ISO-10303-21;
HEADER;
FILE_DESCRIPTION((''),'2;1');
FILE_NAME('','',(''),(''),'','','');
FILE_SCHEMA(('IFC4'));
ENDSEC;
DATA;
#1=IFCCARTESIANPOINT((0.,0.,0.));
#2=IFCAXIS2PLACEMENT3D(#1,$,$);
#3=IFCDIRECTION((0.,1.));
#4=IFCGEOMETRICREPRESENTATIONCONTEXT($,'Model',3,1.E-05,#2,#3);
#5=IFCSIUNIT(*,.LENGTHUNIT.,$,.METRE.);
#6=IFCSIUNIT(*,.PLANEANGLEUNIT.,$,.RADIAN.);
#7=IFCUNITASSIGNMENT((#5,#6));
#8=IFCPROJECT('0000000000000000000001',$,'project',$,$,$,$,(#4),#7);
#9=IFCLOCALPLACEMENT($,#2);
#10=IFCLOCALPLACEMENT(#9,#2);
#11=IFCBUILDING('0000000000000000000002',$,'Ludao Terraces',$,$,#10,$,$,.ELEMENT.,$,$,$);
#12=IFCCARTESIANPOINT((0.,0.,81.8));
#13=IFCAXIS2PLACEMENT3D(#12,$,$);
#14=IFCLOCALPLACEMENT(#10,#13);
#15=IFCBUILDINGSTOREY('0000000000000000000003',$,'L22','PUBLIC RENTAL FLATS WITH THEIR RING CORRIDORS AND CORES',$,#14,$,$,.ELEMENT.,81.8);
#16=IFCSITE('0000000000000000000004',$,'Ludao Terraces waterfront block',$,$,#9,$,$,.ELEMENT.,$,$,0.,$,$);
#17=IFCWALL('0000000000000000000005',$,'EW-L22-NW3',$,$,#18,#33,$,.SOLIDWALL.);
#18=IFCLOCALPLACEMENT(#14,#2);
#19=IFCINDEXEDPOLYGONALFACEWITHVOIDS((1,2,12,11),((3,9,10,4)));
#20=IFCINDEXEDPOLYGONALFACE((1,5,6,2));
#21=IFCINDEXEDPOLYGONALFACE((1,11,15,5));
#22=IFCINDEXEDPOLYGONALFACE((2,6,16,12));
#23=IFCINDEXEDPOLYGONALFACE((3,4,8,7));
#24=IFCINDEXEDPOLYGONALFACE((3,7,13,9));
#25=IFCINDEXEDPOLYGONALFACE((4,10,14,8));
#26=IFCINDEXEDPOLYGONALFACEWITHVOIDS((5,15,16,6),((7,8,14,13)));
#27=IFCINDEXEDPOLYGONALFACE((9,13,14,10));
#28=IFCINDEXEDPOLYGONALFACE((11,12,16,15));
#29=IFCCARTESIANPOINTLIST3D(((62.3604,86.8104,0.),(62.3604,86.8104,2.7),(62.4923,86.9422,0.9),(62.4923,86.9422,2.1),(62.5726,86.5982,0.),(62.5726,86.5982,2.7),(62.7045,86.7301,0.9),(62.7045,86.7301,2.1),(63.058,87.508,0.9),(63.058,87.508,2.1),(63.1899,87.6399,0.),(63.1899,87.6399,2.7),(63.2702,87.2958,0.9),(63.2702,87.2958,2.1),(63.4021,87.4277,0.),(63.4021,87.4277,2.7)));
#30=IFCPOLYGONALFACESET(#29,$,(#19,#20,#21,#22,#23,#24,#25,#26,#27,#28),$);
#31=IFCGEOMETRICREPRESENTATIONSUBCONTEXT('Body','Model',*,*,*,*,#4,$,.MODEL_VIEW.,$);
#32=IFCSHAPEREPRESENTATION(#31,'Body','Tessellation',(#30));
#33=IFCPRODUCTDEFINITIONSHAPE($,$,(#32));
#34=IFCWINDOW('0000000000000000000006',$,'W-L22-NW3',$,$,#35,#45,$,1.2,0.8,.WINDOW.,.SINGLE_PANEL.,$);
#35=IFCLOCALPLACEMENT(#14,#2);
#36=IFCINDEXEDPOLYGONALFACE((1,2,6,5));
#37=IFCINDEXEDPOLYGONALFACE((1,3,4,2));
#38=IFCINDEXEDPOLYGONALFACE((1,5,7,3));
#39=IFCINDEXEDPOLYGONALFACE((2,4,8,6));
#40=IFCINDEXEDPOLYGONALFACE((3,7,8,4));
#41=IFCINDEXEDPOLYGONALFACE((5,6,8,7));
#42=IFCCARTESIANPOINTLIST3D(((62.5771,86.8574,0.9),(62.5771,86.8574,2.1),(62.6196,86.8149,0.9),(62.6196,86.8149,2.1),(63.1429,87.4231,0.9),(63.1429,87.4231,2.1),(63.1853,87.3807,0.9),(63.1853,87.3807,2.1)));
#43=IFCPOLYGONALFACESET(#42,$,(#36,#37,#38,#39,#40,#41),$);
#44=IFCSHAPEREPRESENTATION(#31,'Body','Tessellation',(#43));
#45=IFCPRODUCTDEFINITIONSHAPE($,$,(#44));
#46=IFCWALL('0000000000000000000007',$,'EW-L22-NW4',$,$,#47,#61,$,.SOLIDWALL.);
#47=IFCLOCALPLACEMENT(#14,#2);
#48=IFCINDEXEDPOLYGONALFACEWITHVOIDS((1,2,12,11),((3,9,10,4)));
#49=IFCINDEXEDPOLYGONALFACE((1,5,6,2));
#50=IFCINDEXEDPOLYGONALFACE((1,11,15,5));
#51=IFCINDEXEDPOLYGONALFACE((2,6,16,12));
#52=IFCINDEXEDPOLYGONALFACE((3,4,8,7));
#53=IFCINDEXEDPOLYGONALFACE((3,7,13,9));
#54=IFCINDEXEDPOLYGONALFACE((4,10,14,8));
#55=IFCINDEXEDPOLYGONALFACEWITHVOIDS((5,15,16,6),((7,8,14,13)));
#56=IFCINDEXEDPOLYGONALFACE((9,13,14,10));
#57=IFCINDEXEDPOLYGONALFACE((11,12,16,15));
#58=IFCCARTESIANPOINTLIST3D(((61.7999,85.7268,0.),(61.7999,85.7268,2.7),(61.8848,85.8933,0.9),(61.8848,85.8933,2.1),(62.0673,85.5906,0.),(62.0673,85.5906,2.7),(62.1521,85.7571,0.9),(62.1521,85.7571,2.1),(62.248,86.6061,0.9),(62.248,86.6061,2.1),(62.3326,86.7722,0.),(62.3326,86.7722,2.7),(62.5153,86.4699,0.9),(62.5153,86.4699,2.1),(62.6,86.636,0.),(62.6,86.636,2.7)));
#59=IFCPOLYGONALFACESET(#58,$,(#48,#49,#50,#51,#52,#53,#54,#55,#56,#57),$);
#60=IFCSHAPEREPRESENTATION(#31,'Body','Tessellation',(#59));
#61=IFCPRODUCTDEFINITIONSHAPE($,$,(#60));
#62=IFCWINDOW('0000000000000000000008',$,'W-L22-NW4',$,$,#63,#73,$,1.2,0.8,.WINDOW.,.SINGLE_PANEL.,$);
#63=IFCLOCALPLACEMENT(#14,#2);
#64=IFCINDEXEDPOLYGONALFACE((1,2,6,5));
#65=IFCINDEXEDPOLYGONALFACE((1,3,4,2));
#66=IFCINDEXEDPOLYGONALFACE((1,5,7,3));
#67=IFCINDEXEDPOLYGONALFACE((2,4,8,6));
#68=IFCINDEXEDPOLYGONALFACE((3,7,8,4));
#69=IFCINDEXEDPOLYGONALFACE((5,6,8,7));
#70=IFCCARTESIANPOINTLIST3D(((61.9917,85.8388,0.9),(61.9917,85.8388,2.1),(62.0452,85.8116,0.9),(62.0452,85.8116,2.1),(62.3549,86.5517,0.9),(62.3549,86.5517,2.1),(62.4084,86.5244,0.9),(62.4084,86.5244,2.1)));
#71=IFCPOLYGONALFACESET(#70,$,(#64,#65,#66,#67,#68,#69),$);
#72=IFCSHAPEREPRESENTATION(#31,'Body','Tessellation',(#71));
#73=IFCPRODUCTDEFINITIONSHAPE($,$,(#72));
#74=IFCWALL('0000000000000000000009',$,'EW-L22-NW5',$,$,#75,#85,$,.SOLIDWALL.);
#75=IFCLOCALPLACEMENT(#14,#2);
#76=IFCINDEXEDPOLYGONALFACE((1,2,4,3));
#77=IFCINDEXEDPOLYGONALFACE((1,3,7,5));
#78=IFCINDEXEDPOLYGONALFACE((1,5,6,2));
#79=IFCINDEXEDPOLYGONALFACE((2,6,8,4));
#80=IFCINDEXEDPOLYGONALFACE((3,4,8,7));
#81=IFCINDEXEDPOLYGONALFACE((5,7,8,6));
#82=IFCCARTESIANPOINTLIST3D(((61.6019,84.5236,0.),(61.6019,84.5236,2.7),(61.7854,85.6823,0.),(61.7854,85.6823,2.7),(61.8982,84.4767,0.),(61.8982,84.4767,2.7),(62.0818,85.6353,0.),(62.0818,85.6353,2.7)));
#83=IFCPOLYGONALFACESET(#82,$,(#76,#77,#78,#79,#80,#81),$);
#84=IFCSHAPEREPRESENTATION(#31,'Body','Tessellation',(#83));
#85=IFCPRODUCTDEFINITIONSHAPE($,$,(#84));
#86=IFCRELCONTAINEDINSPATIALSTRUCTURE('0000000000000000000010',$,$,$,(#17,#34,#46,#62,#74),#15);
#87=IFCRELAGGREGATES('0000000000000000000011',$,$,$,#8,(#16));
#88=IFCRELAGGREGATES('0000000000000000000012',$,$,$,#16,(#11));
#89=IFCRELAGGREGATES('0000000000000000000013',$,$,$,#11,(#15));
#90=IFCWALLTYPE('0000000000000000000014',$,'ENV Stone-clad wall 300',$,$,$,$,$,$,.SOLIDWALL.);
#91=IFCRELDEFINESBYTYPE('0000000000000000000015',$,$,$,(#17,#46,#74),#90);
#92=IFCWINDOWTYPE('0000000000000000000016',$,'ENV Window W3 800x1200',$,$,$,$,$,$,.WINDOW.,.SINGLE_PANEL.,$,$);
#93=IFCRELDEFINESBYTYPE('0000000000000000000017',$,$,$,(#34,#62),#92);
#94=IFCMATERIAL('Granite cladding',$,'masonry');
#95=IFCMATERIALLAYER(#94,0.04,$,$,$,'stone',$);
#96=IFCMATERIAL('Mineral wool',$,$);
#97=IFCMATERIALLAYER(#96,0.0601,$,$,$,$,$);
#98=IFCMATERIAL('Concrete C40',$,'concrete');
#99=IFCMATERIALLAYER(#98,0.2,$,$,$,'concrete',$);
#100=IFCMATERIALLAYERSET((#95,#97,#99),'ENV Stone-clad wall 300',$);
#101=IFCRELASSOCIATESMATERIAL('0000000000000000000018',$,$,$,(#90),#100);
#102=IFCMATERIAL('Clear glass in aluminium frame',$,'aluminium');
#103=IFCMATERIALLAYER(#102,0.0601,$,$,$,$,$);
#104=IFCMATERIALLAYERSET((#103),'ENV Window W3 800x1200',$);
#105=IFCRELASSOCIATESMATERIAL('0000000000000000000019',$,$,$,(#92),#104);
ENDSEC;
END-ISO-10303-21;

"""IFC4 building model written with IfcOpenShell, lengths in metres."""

from ifc_helpers import new_model, si_unit, direction, frame, frame_2d, origin, place, context, subcontext, project, spatial, rectangle, extrude, material, layer, layer_set, type_object, element, fill, save


model = new_model("IFC4")

# Units and contexts
model_context = context("Model", 3, precision=1e-05, world=origin(), true_north=direction((0.0, 1.0)))
body_context = subcontext(model_context, "Body", "Model", "MODEL_VIEW")
ifc_project = project(units=[si_unit("LENGTHUNIT", "METRE"), si_unit("PLANEANGLEUNIT", "RADIAN")], contexts=[model_context])

# Site, building, storey
site_placement = place(None, origin())
site = spatial("IfcSite", under=ifc_project, at=site_placement, Name="Ludao Terraces waterfront block", CompositionType="ELEMENT", RefElevation=0.0)
building_placement = place(site_placement, origin())
building = spatial("IfcBuilding", under=site, at=building_placement, Name="Ludao Terraces", CompositionType="ELEMENT")
storey_placement = place(building_placement, frame((0.0, 0.0, 81.8)))
storey = spatial("IfcBuildingStorey", under=building, at=storey_placement, Name="L22", Description="PUBLIC RENTAL FLATS WITH THEIR RING CORRIDORS AND CORES", CompositionType="ELEMENT", Elevation=81.8)

# Shared definitions
ifc_material_1 = material(Name="Concrete C40", Category="concrete")

# Shared definitions
ifc_material_2 = material(Name="Granite cladding", Category="masonry")
ifc_layer_1 = layer(ifc_material_2, 0.04, Category="stone")
ifc_material_3 = material(Name="Mineral wool")
ifc_layer_2 = layer(ifc_material_3, 0.0601)
ifc_layer_3 = layer(ifc_material_1, 0.2, Category="concrete")
ifc_layer_set_1 = layer_set([ifc_layer_1, ifc_layer_2, ifc_layer_3], Name="ENV Stone-clad wall 300")
wall_type_1 = type_object("IfcWallType", Name="ENV Stone-clad wall 300", PredefinedType="SOLIDWALL", material=ifc_layer_set_1)
ifc_material_4 = material(Name="Clear glass in aluminium frame", Category="aluminium")

# Walls, openings, windows
ifc_layer_4 = layer(ifc_material_4, 0.0601)
ifc_layer_set_2 = layer_set([ifc_layer_4], Name="ENV Window W3 800x1200")
window_type_1 = type_object("IfcWindowType", Name="ENV Window W3 800x1200", PartitioningType="SINGLE_PANEL", PredefinedType="WINDOW", material=ifc_layer_set_2)
wall_1_placement = place(storey_placement, frame((63.2959, 87.5337, 0.0), z_axis=(0.0, 0.0, 1.0), x_axis=(-0.707107, -0.707107, 0.0)))
wall_1 = element("IfcWall", 1, at=wall_1_placement, inside=storey, type_object=wall_type_1, Name="EW-L22-NW3", PredefinedType="SOLIDWALL", context=body_context, shape_type="SweptSolid", body=[
    extrude(rectangle(XDim=1.1731, YDim=0.3, at=frame_2d((0.5864, 0.0))), origin(), (0.0, 0.0, 1.0), 2.7),
])
opening_1_placement = place(wall_1_placement, frame((0.1865, 0.0, 0.8999)))
opening_1 = element("IfcOpeningElement", 2, at=opening_1_placement, cuts=wall_1, PredefinedType="OPENING", context=body_context, shape_type="SweptSolid", body=[
    extrude(rectangle(XDim=0.8, YDim=1.2, at=frame_2d((0.3999, 0.6001))), frame((0.0, 0.1602, 0.0), z_axis=(0.0, -1.0, 0.0), x_axis=(1.0, 0.0, 0.0)), (0.0, 0.0, 1.0), 0.3201),
])
window_1_placement = place(opening_1_placement, origin())
window_1 = element("IfcWindow", 3, at=window_1_placement, inside=storey, type_object=window_type_1, Name="W-L22-NW3", OverallHeight=1.2, OverallWidth=0.8, PartitioningType="SINGLE_PANEL", PredefinedType="WINDOW", context=body_context, shape_type="SweptSolid", body=[
    extrude(rectangle(XDim=0.8, YDim=1.2, at=frame_2d((0.3999, 0.6001))), frame((0.0, 0.03, 0.0), z_axis=(0.0, -1.0, 0.0), x_axis=(1.0, 0.0, 0.0)), (0.0, 0.0, 1.0), 0.0601),
])
fill(opening_1, window_1)
wall_2_placement = place(storey_placement, frame((62.4663, 86.7041, 0.0), z_axis=(0.0, 0.0, 1.0), x_axis=(-0.454026, -0.890989, 0.0)))
wall_2 = element("IfcWall", 4, at=wall_2_placement, inside=storey, type_object=wall_type_1, Name="EW-L22-NW4", PredefinedType="SOLIDWALL", context=body_context, shape_type="SweptSolid", body=[
    extrude(rectangle(XDim=1.1733, YDim=0.3, at=frame_2d((0.5867, 0.0))), origin(), (0.0, 0.0, 1.0), 2.7),
])
opening_2_placement = place(wall_2_placement, frame((0.1865, 0.0, 0.8999)))
opening_2 = element("IfcOpeningElement", 5, at=opening_2_placement, cuts=wall_2, PredefinedType="OPENING", context=body_context, shape_type="SweptSolid", body=[
    extrude(rectangle(XDim=0.8, YDim=1.2, at=frame_2d((0.3999, 0.6001))), frame((0.0, 0.1602, 0.0), z_axis=(0.0, -1.0, 0.0), x_axis=(1.0, 0.0, 0.0)), (0.0, 0.0, 1.0), 0.3201),
])
window_2_placement = place(opening_2_placement, origin())
window_2 = element("IfcWindow", 6, at=window_2_placement, inside=storey, type_object=window_type_1, Name="W-L22-NW4", OverallHeight=1.2, OverallWidth=0.8, PartitioningType="SINGLE_PANEL", PredefinedType="WINDOW", context=body_context, shape_type="SweptSolid", body=[
    extrude(rectangle(XDim=0.8, YDim=1.2, at=frame_2d((0.3999, 0.6001))), frame((0.0, 0.03, 0.0), z_axis=(0.0, -1.0, 0.0), x_axis=(1.0, 0.0, 0.0)), (0.0, 0.0, 1.0), 0.0601),
])
fill(opening_2, window_2)

# Wall
wall_3_placement = place(storey_placement, frame((61.9336, 85.6587, 0.0), z_axis=(0.0, 0.0, 1.0), x_axis=(-0.156497, -0.987678, 0.0)))
element("IfcWall", 7, at=wall_3_placement, inside=storey, type_object=wall_type_1, Name="EW-L22-NW5", PredefinedType="SOLIDWALL", context=body_context, shape_type="SweptSolid", body=[
    extrude(rectangle(XDim=1.1731, YDim=0.3, at=frame_2d((0.5864, 0.0))), origin(), (0.0, 0.0, 1.0), 2.7),
])

save(model, "model.ifc")
